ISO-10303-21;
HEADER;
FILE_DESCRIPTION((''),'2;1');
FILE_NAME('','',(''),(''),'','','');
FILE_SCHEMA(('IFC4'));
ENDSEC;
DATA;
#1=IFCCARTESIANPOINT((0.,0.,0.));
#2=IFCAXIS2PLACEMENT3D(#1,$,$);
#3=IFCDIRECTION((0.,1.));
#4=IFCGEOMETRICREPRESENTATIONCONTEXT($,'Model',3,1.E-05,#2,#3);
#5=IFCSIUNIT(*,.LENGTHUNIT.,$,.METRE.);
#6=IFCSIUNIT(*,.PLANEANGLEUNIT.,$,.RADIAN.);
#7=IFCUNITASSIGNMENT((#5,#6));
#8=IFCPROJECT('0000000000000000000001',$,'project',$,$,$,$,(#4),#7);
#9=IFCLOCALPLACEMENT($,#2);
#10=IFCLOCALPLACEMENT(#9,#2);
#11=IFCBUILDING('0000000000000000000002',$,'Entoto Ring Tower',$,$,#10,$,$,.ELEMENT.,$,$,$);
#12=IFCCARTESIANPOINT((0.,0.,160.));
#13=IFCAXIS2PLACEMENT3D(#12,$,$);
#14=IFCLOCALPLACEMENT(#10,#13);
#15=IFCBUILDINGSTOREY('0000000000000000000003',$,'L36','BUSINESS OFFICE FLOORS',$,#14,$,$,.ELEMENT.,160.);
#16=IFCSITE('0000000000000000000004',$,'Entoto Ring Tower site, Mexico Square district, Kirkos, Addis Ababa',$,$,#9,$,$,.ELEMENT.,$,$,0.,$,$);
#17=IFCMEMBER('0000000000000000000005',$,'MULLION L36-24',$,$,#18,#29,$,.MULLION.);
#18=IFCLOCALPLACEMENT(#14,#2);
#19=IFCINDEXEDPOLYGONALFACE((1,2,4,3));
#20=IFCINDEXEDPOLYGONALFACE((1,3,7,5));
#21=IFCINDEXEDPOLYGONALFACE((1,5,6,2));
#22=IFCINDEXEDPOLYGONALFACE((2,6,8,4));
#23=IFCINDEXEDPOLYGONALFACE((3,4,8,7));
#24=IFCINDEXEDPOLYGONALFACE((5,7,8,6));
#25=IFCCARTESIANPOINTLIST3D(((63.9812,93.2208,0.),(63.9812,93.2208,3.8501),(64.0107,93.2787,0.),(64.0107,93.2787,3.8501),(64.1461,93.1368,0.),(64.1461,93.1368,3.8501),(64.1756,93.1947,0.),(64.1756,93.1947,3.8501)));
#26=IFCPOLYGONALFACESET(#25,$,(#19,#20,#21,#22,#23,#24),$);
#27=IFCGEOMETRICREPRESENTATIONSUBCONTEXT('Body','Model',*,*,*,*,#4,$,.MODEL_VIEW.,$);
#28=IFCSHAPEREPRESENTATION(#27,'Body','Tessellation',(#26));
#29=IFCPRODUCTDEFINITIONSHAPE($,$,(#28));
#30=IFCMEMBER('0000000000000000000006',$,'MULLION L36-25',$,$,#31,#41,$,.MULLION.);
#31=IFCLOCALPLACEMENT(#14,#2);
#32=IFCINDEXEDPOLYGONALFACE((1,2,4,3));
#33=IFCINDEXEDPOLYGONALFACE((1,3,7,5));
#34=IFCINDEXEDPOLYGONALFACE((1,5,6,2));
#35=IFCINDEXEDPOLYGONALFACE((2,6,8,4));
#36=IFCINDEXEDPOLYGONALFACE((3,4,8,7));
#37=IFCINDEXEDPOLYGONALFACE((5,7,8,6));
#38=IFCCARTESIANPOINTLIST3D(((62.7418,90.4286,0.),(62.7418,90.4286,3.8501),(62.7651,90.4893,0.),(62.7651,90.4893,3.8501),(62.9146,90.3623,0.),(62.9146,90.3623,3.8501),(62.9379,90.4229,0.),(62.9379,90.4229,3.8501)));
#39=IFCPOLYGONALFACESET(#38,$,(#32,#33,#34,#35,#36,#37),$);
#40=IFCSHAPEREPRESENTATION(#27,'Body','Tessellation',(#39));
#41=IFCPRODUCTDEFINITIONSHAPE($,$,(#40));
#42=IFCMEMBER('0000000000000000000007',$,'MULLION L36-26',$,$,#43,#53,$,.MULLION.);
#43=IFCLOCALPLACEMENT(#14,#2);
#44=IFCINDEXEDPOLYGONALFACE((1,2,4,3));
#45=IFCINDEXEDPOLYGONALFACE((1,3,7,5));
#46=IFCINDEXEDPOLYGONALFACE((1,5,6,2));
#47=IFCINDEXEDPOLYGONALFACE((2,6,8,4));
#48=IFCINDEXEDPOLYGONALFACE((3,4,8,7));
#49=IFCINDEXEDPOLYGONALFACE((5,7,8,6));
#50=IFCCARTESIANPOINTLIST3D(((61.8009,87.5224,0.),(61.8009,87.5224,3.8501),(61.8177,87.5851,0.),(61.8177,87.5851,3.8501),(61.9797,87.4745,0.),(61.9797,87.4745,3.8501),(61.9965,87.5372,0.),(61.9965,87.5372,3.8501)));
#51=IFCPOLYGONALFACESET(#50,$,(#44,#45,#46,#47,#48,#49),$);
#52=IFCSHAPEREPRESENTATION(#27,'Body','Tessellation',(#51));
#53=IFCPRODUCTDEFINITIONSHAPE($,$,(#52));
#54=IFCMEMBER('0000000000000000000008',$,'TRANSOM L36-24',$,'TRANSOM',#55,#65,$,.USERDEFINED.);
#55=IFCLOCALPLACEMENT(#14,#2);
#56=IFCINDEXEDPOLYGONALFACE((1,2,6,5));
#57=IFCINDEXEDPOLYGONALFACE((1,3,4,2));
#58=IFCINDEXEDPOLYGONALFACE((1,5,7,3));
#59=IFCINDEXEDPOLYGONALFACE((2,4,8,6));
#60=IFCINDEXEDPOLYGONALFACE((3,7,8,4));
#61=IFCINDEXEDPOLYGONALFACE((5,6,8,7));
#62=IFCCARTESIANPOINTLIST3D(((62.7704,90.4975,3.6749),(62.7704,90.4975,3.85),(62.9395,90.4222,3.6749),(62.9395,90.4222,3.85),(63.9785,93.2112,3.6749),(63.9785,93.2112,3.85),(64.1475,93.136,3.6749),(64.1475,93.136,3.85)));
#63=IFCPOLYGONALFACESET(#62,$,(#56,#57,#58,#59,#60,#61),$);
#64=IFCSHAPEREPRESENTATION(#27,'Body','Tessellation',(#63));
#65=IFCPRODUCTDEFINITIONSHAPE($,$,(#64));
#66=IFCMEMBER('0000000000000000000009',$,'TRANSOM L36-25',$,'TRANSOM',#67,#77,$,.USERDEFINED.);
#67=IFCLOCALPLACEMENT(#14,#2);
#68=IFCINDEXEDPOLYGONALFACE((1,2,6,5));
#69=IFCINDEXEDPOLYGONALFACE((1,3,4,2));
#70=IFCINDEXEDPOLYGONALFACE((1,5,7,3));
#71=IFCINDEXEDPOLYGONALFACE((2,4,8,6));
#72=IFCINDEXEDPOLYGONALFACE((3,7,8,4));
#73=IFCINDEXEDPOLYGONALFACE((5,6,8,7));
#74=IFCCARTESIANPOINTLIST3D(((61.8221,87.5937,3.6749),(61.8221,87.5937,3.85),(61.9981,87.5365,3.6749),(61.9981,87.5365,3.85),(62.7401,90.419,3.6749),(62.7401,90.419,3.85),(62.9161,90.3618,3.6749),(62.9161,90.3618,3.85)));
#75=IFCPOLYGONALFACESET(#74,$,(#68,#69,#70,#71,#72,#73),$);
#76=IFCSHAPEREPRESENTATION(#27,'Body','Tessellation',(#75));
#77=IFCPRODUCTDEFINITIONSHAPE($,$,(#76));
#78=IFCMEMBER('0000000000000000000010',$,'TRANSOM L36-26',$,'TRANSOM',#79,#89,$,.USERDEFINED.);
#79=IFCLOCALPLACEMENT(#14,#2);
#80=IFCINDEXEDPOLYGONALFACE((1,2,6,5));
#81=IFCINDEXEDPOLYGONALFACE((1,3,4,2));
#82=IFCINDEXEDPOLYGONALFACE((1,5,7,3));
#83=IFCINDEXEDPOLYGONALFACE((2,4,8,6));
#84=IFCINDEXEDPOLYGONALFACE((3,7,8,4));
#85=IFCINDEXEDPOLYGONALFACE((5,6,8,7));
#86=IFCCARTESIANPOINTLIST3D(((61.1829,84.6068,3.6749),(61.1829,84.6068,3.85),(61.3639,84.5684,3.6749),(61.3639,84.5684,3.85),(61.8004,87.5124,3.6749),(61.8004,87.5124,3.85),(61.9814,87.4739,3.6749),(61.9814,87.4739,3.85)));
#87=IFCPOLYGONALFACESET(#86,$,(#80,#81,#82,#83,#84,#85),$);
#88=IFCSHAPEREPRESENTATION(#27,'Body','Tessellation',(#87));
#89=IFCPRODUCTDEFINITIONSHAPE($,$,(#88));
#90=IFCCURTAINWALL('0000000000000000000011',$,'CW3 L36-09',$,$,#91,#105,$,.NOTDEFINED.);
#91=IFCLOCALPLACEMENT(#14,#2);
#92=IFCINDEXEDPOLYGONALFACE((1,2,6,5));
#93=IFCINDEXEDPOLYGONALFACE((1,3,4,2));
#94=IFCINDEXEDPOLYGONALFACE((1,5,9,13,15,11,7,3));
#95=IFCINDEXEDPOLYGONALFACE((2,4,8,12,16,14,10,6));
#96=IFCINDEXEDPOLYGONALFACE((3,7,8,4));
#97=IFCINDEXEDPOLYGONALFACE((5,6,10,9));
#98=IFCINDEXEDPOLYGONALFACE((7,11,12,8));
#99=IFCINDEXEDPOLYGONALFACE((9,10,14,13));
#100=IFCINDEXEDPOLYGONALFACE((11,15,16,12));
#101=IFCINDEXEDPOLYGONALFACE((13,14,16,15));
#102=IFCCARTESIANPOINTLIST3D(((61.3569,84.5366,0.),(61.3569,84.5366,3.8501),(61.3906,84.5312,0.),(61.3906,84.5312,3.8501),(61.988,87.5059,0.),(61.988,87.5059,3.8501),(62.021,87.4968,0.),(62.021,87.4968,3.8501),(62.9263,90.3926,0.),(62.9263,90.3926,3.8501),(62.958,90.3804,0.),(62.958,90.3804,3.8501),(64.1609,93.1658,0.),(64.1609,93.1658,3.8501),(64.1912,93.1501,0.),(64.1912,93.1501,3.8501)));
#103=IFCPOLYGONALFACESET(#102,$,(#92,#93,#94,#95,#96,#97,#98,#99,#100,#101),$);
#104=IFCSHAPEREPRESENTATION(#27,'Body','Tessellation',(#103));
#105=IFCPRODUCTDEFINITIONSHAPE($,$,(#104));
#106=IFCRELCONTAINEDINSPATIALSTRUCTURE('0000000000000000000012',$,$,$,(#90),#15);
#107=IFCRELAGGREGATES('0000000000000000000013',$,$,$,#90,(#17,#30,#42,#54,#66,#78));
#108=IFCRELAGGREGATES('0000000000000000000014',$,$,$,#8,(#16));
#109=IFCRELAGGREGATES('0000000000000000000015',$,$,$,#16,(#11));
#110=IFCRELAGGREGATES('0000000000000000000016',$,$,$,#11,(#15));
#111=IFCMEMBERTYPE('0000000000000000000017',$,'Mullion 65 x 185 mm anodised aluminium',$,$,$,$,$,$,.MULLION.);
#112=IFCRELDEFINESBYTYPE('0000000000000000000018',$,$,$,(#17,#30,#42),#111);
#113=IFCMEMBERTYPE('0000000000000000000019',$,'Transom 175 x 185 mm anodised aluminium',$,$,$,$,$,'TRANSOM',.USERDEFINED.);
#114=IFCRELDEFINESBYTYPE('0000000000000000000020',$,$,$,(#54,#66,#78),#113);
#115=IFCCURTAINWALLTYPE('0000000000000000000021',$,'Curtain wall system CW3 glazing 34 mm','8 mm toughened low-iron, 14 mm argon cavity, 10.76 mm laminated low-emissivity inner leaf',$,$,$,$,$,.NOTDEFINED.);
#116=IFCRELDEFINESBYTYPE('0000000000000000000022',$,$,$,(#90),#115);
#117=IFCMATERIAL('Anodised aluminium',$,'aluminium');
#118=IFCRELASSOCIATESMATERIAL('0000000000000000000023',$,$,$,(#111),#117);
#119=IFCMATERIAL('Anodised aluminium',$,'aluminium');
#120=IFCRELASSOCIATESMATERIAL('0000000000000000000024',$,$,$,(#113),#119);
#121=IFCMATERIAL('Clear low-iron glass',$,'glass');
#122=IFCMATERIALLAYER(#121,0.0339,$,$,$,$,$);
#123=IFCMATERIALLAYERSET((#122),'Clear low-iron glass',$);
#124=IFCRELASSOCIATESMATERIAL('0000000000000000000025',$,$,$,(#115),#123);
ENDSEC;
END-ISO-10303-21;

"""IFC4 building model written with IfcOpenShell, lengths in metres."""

from ifc_helpers import new_model, si_unit, direction, frame, origin, origin_2d, place, context, subcontext, project, spatial, polyline, rectangle, outline, extrude, material, layer, layer_set, material_profile, profile_set, type_object, element, aggregate, save


model = new_model("IFC4")

# Units and contexts
model_context = context("Model", 3, precision=1e-05, world=origin(), true_north=direction((0.0, 1.0)))
body_context = subcontext(model_context, "Body", "Model", "MODEL_VIEW")
ifc_project = project(units=[si_unit("LENGTHUNIT", "METRE"), si_unit("PLANEANGLEUNIT", "RADIAN")], contexts=[model_context])

# Members
ifc_material_1 = material(Name="Anodised aluminium", Category="aluminium")
ifc_material_profile_1 = material_profile(ifc_material_1, rectangle(XDim=0.0649, YDim=0.1851, at=origin_2d()), Name="Mullion 65 x 185 mm anodised aluminium")
ifc_profile_set_1 = profile_set([ifc_material_profile_1], Name="Anodised aluminium")
member_type_1 = type_object("IfcMemberType", Name="Mullion 65 x 185 mm anodised aluminium", PredefinedType="MULLION", material=ifc_profile_set_1)
site_placement = place(None, origin())
building_placement = place(site_placement, origin())
storey_placement = place(building_placement, frame((0.0, 0.0, 160.0)))
member_1_placement = place(storey_placement, frame((64.0784, 93.2078, 0.0), z_axis=(0.0, 0.0, 1.0), x_axis=(-0.45399, -0.891007, 0.0)))
member_1 = element("IfcMember", 1, at=member_1_placement, type_object=member_type_1, Name="MULLION L36-24", PredefinedType="MULLION", context=body_context, shape_type="SweptSolid", body=[
    extrude(rectangle(XDim=0.0649, YDim=0.1851, at=origin_2d()), origin(), (0.0, 0.0, 1.0), 3.8501),
])
member_2_placement = place(storey_placement, frame((62.8398, 90.4258, 0.0), z_axis=(0.0, 0.0, 1.0), x_axis=(-0.358368, -0.93358, 0.0)))
member_2 = element("IfcMember", 2, at=member_2_placement, type_object=member_type_1, Name="MULLION L36-25", PredefinedType="MULLION", context=body_context, shape_type="SweptSolid", body=[
    extrude(rectangle(XDim=0.0649, YDim=0.1851, at=origin_2d()), origin(), (0.0, 0.0, 1.0), 3.8501),
])
member_3_placement = place(storey_placement, frame((61.8987, 87.5298, 0.0), z_axis=(0.0, 0.0, 1.0), x_axis=(-0.258819, -0.965926, 0.0)))
member_3 = element("IfcMember", 3, at=member_3_placement, type_object=member_type_1, Name="MULLION L36-26", PredefinedType="MULLION", context=body_context, shape_type="SweptSolid", body=[
    extrude(rectangle(XDim=0.0649, YDim=0.1851, at=origin_2d()), origin(), (0.0, 0.0, 1.0), 3.8501),
])
ifc_material_2 = material(Name="Anodised aluminium", Category="aluminium")
ifc_material_profile_2 = material_profile(ifc_material_2, rectangle(XDim=0.1851, YDim=0.175, at=origin_2d()), Name="Transom 175 x 185 mm anodised aluminium")
ifc_profile_set_2 = profile_set([ifc_material_profile_2], Name="Anodised aluminium")
member_type_2 = type_object("IfcMemberType", Name="Transom 175 x 185 mm anodised aluminium", ElementType="TRANSOM", PredefinedType="USERDEFINED", material=ifc_profile_set_2)
member_4_placement = place(storey_placement, frame((64.063, 93.1736, 3.7625), z_axis=(-0.406687, -0.913567, 0.0), x_axis=(0.913567, -0.406687, 0.0)))
member_4 = element("IfcMember", 4, at=member_4_placement, type_object=member_type_2, Name="TRANSOM L36-24", ObjectType="TRANSOM", PredefinedType="USERDEFINED", context=body_context, shape_type="SweptSolid", body=[
    extrude(rectangle(XDim=0.1851, YDim=0.175, at=origin_2d()), origin(), (0.0, 0.0, 1.0), 2.9705),
])
member_5_placement = place(storey_placement, frame((62.8281, 90.3904, 3.7625), z_axis=(-0.309019, -0.951056, 0.0), x_axis=(0.951056, -0.309019, 0.0)))
member_5 = element("IfcMember", 5, at=member_5_placement, type_object=member_type_2, Name="TRANSOM L36-25", ObjectType="TRANSOM", PredefinedType="USERDEFINED", context=body_context, shape_type="SweptSolid", body=[
    extrude(rectangle(XDim=0.1851, YDim=0.175, at=origin_2d()), origin(), (0.0, 0.0, 1.0), 2.9707),
])
member_6_placement = place(storey_placement, frame((61.8909, 87.4932, 3.7625), z_axis=(-0.207862, -0.978158, 0.0), x_axis=(0.978158, -0.207862, 0.0)))
member_6 = element("IfcMember", 6, at=member_6_placement, type_object=member_type_2, Name="TRANSOM L36-26", ObjectType="TRANSOM", PredefinedType="USERDEFINED", context=body_context, shape_type="SweptSolid", body=[
    extrude(rectangle(XDim=0.1851, YDim=0.175, at=origin_2d()), origin(), (0.0, 0.0, 1.0), 2.9705),
])

# Site, building, storey
site = spatial("IfcSite", under=ifc_project, at=site_placement, Name="Entoto Ring Tower site, Mexico Square district, Kirkos, Addis Ababa", CompositionType="ELEMENT", RefElevation=0.0)
building = spatial("IfcBuilding", under=site, at=building_placement, Name="Entoto Ring Tower", CompositionType="ELEMENT")
storey = spatial("IfcBuildingStorey", under=building, at=storey_placement, Name="L36", Description="BUSINESS OFFICE FLOORS", CompositionType="ELEMENT", Elevation=160.0)

# Curtain wall
ifc_material_3 = material(Name="Clear low-iron glass", Category="glass")
ifc_layer = layer(ifc_material_3, 0.0339)
ifc_layer_set = layer_set([ifc_layer], Name="Clear low-iron glass")
curtain_wall_type = type_object("IfcCurtainWallType", Name="Curtain wall system CW3 glazing 34 mm", Description="8 mm toughened low-iron, 14 mm argon cavity, 10.76 mm laminated low-emissivity inner leaf", PredefinedType="NOTDEFINED", material=ifc_layer_set)
curtain_wall_1_placement = place(storey_placement, origin())
curtain_wall_1 = element("IfcCurtainWall", 7, at=curtain_wall_1_placement, inside=storey, type_object=curtain_wall_type, Name="CW3 L36-09", PredefinedType="NOTDEFINED", context=body_context, shape_type="SweptSolid", body=[
    extrude(outline(polyline([(64.1609, 93.1658), (62.9263, 90.3926), (61.988, 87.5059), (61.3569, 84.5366), (61.3906, 84.5312), (62.021, 87.4968), (62.958, 90.3804), (64.1912, 93.1501), (64.1609, 93.1658)])), origin(), (0.0, 0.0, 1.0), 3.8501),
])
aggregate(curtain_wall_1, [member_1, member_2, member_3, member_4, member_5, member_6])

save(model, "model.ifc")
